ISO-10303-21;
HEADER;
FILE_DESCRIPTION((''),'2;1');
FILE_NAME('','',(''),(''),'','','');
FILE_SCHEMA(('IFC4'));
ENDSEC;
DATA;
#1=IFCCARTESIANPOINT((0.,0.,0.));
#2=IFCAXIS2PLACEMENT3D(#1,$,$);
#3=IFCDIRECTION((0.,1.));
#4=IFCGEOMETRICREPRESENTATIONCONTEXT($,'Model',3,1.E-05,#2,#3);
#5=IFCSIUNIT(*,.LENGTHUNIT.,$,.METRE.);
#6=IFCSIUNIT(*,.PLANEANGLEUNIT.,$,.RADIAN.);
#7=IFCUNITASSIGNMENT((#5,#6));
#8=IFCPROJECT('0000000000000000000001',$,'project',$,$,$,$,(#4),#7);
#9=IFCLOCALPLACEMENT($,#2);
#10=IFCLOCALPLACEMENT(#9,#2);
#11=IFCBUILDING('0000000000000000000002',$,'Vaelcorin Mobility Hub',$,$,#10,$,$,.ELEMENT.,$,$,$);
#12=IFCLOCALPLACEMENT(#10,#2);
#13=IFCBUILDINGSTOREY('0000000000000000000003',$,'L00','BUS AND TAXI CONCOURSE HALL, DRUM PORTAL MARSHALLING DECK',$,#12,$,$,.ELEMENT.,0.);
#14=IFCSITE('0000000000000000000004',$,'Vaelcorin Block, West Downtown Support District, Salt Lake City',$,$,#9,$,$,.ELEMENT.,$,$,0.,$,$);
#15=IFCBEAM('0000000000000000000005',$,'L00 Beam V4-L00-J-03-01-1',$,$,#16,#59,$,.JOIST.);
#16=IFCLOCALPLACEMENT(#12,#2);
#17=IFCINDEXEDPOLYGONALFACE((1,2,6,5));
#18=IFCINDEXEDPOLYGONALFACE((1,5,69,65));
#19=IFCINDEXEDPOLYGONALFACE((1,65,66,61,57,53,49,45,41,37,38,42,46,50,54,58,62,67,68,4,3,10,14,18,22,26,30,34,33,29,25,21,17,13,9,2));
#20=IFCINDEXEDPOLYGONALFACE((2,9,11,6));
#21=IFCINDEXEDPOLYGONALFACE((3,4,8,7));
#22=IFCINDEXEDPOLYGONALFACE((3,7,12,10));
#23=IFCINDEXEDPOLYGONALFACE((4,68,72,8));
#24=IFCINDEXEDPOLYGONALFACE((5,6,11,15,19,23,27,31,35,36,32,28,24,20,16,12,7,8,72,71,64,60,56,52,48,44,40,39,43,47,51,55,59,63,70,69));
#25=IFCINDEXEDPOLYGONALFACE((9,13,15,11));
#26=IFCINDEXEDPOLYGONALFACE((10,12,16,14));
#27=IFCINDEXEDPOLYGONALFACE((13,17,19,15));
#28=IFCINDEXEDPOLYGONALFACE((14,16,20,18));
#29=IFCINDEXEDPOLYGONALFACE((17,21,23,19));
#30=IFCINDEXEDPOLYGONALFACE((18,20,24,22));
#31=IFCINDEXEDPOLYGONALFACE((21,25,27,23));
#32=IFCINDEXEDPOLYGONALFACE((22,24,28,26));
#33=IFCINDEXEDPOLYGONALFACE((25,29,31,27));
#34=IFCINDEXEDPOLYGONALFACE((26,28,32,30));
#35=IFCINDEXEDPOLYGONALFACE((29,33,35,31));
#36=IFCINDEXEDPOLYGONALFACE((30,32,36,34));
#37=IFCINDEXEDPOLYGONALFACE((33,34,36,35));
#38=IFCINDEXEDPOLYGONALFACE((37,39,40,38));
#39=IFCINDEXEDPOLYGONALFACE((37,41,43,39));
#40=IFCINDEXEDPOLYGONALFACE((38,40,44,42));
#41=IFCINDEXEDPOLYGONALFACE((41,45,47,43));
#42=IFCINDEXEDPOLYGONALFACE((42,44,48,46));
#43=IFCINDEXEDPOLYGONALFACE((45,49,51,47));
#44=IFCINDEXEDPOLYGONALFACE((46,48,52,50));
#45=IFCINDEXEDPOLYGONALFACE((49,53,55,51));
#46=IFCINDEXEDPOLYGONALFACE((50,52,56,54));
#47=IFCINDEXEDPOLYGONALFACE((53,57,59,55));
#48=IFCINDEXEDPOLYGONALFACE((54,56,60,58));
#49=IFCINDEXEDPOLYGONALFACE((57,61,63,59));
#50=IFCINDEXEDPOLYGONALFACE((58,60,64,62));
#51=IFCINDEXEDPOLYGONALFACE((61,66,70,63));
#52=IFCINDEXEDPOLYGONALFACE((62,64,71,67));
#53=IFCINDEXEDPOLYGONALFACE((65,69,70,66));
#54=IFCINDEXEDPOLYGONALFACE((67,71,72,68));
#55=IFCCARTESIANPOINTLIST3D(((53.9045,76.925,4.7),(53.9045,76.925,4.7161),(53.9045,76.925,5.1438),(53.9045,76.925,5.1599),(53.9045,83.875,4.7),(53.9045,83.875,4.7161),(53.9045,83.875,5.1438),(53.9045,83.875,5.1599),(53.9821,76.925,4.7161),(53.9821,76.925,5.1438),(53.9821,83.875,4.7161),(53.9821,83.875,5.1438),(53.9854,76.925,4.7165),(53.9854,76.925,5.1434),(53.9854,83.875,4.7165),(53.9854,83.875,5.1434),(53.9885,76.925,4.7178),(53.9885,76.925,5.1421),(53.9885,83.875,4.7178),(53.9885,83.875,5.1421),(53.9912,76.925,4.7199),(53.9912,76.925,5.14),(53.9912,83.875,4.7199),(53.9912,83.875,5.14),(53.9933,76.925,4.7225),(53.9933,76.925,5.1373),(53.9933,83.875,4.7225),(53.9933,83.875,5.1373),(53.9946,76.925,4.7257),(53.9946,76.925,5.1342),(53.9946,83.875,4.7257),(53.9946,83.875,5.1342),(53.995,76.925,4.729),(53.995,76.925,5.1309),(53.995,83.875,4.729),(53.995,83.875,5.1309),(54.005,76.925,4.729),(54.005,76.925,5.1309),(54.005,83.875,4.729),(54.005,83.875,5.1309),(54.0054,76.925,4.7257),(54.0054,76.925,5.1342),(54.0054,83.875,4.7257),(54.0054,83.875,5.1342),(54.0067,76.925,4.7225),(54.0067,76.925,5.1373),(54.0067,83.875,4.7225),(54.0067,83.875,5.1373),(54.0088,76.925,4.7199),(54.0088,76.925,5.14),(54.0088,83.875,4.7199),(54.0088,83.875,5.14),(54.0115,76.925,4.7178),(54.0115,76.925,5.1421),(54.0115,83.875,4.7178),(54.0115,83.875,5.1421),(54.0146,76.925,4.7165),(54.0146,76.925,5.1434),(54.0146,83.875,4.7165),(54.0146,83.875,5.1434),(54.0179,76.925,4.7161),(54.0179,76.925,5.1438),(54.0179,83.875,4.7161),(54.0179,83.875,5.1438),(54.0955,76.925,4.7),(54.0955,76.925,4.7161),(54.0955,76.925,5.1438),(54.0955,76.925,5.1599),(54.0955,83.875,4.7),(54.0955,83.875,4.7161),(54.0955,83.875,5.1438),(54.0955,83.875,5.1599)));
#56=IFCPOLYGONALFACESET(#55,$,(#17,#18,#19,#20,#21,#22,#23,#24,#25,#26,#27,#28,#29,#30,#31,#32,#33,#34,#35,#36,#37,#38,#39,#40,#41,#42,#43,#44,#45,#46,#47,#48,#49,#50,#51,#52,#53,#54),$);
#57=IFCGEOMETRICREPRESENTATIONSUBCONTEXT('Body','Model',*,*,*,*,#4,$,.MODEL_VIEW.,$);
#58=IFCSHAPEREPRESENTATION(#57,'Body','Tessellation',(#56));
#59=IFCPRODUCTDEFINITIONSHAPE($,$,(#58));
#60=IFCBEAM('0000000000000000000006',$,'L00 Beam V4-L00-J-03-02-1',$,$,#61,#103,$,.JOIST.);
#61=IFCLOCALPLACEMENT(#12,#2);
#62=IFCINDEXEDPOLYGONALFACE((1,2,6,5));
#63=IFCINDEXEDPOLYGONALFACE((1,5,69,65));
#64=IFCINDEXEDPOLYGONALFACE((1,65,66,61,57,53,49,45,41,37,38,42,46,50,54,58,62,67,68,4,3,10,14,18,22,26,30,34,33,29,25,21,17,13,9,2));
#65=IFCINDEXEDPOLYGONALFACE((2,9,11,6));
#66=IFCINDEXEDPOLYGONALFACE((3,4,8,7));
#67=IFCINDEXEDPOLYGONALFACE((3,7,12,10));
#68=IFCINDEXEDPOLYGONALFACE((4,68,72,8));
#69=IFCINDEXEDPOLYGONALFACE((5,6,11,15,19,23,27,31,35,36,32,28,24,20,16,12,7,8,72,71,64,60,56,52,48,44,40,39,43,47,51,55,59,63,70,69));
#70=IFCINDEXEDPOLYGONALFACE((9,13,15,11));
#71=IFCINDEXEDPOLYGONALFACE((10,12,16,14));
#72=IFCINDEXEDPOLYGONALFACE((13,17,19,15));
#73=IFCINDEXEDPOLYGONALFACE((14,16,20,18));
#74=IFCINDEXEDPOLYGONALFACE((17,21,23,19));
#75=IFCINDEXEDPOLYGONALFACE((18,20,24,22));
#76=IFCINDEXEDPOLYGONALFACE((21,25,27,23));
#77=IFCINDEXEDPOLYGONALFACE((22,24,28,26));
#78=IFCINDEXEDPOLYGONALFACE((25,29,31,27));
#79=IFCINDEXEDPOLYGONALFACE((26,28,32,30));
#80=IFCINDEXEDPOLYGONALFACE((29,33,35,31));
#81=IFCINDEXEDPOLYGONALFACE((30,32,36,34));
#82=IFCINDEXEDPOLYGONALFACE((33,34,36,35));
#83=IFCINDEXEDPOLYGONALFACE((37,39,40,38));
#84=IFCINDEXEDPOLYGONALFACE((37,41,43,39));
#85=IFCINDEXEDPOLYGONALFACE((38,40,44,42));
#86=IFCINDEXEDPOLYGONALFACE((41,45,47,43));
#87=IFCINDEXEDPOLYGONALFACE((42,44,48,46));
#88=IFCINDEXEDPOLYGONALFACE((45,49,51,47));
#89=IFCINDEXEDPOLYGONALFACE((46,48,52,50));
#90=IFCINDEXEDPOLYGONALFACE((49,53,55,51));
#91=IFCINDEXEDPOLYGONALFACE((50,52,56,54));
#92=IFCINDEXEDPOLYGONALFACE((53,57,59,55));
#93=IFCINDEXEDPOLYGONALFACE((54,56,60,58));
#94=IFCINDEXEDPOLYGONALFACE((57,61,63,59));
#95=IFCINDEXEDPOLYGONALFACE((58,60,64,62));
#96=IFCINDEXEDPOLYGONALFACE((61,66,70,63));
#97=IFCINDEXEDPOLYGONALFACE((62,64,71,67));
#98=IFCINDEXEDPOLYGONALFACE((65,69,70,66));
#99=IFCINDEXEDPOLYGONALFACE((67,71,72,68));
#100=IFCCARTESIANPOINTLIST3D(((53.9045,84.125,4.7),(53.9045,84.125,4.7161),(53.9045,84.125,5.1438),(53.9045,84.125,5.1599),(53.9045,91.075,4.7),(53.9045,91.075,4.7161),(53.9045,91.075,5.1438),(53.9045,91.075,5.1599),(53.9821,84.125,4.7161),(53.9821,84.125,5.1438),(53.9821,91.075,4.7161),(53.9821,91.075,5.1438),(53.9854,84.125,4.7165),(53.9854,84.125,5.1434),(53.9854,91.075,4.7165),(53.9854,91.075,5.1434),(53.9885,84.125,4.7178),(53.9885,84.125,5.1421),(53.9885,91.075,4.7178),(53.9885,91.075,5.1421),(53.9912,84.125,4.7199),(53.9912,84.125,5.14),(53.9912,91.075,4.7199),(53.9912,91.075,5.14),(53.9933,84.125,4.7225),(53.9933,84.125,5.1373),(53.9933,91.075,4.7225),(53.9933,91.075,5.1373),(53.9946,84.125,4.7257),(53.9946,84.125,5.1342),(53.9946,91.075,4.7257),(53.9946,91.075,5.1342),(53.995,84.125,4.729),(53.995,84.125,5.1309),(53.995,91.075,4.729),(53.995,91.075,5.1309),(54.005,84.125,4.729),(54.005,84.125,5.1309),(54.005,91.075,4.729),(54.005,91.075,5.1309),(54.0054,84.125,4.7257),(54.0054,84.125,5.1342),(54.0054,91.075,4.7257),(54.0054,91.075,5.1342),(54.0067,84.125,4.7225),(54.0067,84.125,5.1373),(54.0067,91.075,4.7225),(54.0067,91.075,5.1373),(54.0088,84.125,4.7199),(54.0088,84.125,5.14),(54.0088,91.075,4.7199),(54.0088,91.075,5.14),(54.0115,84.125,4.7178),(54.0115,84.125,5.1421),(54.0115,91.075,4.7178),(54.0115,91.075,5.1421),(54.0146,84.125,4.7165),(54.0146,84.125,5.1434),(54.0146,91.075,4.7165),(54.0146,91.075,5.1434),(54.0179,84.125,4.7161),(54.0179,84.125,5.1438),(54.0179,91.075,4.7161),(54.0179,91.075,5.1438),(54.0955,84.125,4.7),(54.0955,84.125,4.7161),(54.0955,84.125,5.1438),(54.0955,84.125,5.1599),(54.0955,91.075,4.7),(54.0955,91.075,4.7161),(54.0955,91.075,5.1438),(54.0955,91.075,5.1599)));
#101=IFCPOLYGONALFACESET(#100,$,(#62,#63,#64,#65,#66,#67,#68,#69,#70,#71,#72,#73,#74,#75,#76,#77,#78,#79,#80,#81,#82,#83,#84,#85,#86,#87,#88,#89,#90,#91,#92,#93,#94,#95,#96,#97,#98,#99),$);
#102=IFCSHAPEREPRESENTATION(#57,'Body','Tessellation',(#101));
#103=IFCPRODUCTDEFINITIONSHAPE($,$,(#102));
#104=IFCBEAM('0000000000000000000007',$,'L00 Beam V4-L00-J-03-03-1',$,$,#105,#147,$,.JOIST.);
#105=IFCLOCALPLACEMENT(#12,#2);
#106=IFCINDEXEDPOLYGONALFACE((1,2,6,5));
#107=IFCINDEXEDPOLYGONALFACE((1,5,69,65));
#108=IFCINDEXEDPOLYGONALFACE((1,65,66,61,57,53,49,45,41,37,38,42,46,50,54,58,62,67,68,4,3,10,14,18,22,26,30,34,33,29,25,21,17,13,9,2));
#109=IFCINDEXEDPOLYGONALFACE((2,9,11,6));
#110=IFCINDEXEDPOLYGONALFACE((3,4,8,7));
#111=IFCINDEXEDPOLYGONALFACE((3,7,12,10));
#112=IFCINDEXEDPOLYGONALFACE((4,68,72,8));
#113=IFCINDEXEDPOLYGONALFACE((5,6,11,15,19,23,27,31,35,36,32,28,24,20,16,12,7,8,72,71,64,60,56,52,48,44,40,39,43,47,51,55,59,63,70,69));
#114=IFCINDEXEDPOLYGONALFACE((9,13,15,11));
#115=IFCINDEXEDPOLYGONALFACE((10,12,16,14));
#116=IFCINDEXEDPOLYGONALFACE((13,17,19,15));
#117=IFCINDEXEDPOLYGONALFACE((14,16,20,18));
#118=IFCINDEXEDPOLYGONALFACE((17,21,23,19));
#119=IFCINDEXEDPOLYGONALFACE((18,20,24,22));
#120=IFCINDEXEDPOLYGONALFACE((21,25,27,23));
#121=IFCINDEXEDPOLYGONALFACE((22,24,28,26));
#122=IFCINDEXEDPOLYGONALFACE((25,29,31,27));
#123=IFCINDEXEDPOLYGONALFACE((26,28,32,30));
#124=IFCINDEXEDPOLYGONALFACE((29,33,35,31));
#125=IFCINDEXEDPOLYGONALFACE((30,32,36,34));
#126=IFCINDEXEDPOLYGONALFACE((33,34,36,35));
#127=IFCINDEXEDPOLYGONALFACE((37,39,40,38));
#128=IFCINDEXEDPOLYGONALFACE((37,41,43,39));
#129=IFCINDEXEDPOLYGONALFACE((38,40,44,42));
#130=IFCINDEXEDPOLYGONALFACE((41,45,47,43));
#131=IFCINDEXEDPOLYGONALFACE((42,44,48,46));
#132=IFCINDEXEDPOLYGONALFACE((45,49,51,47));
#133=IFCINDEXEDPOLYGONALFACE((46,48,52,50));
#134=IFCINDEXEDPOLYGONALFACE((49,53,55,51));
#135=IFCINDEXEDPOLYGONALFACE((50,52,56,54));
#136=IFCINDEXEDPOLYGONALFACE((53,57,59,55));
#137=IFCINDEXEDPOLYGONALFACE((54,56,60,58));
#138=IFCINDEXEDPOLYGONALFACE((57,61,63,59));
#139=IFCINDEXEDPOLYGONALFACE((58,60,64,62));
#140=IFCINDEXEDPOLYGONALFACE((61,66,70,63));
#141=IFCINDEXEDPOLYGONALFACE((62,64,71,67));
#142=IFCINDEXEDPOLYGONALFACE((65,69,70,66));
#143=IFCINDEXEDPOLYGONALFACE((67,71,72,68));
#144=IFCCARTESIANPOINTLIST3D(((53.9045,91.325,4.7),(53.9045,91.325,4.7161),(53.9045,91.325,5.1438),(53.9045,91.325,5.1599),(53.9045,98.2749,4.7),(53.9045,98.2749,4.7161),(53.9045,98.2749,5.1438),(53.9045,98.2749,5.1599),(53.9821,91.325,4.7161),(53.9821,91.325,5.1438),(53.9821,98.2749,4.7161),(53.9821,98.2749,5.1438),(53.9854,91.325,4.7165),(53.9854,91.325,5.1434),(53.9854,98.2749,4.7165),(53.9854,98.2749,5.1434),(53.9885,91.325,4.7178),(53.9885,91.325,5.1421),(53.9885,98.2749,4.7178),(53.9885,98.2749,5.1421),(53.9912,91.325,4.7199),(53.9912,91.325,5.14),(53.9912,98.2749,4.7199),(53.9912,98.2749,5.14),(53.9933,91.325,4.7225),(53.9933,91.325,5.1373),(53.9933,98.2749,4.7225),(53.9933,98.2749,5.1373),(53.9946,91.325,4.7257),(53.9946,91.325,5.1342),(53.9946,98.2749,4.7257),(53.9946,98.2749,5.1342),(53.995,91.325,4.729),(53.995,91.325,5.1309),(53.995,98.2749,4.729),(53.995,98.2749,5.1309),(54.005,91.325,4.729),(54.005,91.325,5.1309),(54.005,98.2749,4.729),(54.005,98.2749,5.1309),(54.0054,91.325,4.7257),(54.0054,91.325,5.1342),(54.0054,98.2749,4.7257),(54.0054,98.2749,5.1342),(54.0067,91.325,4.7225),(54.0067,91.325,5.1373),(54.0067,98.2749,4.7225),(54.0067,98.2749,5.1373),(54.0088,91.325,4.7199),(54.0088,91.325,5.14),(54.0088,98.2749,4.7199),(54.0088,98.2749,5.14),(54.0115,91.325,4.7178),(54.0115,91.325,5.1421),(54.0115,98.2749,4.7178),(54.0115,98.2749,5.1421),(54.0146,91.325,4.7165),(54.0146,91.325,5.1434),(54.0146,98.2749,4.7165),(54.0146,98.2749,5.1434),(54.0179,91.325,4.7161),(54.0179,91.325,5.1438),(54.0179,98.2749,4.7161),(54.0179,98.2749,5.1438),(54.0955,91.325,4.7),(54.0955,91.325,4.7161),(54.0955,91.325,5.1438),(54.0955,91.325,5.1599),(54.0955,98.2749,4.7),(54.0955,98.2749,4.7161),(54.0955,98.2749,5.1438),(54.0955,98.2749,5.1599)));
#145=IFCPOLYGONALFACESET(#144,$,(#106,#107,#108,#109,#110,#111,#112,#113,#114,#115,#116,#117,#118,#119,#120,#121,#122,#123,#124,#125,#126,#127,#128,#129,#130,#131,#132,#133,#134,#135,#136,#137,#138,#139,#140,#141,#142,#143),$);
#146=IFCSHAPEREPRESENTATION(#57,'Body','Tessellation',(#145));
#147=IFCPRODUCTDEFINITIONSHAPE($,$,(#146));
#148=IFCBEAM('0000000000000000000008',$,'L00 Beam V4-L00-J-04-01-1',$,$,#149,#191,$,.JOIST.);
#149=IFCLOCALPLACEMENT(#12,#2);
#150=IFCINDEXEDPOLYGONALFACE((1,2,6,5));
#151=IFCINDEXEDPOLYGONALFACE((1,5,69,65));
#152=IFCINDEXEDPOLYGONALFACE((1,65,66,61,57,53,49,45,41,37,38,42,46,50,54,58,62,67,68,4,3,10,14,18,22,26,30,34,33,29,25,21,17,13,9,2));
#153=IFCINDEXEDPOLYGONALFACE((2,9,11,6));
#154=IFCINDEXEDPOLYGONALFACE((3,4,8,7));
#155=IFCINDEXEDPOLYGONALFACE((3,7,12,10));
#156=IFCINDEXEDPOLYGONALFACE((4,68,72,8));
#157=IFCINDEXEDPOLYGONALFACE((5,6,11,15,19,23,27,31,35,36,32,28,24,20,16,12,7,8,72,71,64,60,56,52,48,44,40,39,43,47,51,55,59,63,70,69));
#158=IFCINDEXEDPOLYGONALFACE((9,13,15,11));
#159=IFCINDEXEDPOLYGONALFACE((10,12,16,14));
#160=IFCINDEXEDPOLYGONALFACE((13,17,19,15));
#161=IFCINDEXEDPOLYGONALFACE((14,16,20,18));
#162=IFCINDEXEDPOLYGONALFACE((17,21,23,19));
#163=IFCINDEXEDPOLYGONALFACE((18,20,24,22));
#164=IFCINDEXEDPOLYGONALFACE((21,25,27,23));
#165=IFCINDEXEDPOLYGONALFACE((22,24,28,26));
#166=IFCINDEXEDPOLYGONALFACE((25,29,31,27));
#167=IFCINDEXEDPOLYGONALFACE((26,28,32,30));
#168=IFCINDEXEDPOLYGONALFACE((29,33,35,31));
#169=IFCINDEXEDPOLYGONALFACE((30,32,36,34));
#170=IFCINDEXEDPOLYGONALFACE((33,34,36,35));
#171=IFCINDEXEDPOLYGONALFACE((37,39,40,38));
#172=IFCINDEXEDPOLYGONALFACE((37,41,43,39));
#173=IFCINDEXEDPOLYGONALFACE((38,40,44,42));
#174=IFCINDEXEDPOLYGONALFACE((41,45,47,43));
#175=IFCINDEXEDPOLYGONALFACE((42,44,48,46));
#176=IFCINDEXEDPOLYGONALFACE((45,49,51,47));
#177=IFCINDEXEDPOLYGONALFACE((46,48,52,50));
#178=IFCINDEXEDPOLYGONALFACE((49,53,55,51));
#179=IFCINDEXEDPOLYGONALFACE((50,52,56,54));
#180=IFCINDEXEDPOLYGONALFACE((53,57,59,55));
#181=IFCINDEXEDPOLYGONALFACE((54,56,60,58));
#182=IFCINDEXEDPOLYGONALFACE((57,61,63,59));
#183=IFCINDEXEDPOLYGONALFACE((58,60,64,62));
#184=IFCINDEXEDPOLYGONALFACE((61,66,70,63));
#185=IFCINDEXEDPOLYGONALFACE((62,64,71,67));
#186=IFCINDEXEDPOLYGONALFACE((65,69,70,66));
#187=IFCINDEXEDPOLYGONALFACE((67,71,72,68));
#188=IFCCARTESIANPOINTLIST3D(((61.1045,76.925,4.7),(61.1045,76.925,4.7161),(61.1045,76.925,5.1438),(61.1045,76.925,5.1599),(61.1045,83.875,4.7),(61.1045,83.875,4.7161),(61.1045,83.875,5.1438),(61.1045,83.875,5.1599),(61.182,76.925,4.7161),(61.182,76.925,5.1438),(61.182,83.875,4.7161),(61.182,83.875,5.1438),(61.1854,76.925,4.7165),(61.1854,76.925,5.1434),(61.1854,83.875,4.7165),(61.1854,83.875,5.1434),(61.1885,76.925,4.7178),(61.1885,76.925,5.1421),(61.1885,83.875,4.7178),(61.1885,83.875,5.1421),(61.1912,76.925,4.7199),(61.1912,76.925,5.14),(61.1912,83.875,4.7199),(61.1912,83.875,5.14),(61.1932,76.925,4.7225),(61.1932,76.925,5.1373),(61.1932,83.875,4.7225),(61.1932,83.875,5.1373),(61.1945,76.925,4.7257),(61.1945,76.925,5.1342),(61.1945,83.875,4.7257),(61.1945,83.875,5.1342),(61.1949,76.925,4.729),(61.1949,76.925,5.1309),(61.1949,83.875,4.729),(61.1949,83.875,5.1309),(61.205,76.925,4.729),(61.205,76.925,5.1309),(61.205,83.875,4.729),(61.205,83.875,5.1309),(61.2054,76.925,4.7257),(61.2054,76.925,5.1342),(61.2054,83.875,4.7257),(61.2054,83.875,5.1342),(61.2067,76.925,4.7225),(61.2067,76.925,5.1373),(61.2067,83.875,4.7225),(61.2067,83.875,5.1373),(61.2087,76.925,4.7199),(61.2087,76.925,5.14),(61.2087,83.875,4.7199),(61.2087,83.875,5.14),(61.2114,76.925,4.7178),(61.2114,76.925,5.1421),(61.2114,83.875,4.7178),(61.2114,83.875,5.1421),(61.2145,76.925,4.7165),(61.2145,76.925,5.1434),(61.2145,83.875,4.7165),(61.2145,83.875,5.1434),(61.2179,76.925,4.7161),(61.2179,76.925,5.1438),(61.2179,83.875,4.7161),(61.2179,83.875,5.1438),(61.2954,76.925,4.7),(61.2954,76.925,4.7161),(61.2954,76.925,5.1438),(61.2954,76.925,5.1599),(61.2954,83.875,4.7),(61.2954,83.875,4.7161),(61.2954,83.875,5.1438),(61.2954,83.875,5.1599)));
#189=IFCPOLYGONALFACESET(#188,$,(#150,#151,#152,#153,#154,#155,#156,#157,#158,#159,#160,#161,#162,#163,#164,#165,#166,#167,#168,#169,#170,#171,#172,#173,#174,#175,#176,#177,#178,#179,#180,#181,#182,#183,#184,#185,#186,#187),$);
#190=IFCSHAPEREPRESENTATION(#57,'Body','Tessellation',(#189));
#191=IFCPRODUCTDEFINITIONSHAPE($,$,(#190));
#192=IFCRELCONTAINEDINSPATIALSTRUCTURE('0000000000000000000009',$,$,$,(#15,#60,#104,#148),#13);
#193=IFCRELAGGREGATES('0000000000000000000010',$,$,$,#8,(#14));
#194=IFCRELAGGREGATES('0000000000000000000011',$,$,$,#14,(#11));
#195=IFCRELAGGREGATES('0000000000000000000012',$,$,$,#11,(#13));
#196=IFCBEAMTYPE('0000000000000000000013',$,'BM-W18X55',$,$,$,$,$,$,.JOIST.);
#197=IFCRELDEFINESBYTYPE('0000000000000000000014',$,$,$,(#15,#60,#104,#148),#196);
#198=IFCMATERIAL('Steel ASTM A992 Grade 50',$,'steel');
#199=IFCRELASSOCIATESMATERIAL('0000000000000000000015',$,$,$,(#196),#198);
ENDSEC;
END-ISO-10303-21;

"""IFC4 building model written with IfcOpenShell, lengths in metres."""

from ifc_helpers import new_model, si_unit, direction, frame, origin, origin_2d, place, context, subcontext, project, spatial, i_section, extrude, material, material_profile, profile_set, type_object, element, save


model = new_model("IFC4")

# Units and contexts
model_context = context("Model", 3, precision=1e-05, world=origin(), true_north=direction((0.0, 1.0)))
body_context = subcontext(model_context, "Body", "Model", "MODEL_VIEW")
ifc_project = project(units=[si_unit("LENGTHUNIT", "METRE"), si_unit("PLANEANGLEUNIT", "RADIAN")], contexts=[model_context])

# Site, building, storey
site_placement = place(None, origin())
site = spatial("IfcSite", under=ifc_project, at=site_placement, Name="Vaelcorin Block, West Downtown Support District, Salt Lake City", CompositionType="ELEMENT", RefElevation=0.0)
building_placement = place(site_placement, origin())
building = spatial("IfcBuilding", under=site, at=building_placement, Name="Vaelcorin Mobility Hub", CompositionType="ELEMENT")
storey_placement = place(building_placement, origin())
storey = spatial("IfcBuildingStorey", under=building, at=storey_placement, Name="L00", Description="BUS AND TAXI CONCOURSE HALL, DRUM PORTAL MARSHALLING DECK", CompositionType="ELEMENT", Elevation=0.0)

# Shared definitions
ifc_material_1 = material(Name="Steel ASTM A992 Grade 50", Category="steel")

# Beams
ifc_material_profile_1 = material_profile(ifc_material_1, i_section(OverallWidth=0.1909, OverallDepth=0.46, WebThickness=0.01, FlangeThickness=0.0161, FilletRadius=0.0129, at=origin_2d()), Name="W18X55")
ifc_profile_set_1 = profile_set([ifc_material_profile_1], Name="Steel ASTM A992 Grade 50")
beam_type_1 = type_object("IfcBeamType", Name="BM-W18X55", PredefinedType="JOIST", material=ifc_profile_set_1)
for number, where, z_axis, x_axis, name in (
    (1, (54.0, 76.925, 4.9299), (0.0, 1.0, 0.0), (-1.0, 0.0, 0.0), "L00 Beam V4-L00-J-03-01-1"),
    (2, (54.0, 84.125, 4.9299), (0.0, 1.0, 0.0), (-1.0, 0.0, 0.0), "L00 Beam V4-L00-J-03-02-1"),
    (3, (54.0, 91.325, 4.9299), (0.0, 1.0, 0.0), (-1.0, 0.0, 0.0), "L00 Beam V4-L00-J-03-03-1"),
    (4, (61.2, 76.925, 4.9299), (0.0, 1.0, 0.0), (-1.0, 0.0, 0.0), "L00 Beam V4-L00-J-04-01-1"),
):
    element("IfcBeam", number, at=place(storey_placement, frame(where, z_axis=z_axis, x_axis=x_axis)), inside=storey, type_object=beam_type_1, Name=name, PredefinedType="JOIST", context=body_context, shape_type="SweptSolid", body=[
        extrude(i_section(OverallWidth=0.1909, OverallDepth=0.46, WebThickness=0.01, FlangeThickness=0.0161, FilletRadius=0.0129, at=origin_2d()), origin(), (0.0, 0.0, 1.0), 6.95),
    ])

save(model, "model.ifc")
